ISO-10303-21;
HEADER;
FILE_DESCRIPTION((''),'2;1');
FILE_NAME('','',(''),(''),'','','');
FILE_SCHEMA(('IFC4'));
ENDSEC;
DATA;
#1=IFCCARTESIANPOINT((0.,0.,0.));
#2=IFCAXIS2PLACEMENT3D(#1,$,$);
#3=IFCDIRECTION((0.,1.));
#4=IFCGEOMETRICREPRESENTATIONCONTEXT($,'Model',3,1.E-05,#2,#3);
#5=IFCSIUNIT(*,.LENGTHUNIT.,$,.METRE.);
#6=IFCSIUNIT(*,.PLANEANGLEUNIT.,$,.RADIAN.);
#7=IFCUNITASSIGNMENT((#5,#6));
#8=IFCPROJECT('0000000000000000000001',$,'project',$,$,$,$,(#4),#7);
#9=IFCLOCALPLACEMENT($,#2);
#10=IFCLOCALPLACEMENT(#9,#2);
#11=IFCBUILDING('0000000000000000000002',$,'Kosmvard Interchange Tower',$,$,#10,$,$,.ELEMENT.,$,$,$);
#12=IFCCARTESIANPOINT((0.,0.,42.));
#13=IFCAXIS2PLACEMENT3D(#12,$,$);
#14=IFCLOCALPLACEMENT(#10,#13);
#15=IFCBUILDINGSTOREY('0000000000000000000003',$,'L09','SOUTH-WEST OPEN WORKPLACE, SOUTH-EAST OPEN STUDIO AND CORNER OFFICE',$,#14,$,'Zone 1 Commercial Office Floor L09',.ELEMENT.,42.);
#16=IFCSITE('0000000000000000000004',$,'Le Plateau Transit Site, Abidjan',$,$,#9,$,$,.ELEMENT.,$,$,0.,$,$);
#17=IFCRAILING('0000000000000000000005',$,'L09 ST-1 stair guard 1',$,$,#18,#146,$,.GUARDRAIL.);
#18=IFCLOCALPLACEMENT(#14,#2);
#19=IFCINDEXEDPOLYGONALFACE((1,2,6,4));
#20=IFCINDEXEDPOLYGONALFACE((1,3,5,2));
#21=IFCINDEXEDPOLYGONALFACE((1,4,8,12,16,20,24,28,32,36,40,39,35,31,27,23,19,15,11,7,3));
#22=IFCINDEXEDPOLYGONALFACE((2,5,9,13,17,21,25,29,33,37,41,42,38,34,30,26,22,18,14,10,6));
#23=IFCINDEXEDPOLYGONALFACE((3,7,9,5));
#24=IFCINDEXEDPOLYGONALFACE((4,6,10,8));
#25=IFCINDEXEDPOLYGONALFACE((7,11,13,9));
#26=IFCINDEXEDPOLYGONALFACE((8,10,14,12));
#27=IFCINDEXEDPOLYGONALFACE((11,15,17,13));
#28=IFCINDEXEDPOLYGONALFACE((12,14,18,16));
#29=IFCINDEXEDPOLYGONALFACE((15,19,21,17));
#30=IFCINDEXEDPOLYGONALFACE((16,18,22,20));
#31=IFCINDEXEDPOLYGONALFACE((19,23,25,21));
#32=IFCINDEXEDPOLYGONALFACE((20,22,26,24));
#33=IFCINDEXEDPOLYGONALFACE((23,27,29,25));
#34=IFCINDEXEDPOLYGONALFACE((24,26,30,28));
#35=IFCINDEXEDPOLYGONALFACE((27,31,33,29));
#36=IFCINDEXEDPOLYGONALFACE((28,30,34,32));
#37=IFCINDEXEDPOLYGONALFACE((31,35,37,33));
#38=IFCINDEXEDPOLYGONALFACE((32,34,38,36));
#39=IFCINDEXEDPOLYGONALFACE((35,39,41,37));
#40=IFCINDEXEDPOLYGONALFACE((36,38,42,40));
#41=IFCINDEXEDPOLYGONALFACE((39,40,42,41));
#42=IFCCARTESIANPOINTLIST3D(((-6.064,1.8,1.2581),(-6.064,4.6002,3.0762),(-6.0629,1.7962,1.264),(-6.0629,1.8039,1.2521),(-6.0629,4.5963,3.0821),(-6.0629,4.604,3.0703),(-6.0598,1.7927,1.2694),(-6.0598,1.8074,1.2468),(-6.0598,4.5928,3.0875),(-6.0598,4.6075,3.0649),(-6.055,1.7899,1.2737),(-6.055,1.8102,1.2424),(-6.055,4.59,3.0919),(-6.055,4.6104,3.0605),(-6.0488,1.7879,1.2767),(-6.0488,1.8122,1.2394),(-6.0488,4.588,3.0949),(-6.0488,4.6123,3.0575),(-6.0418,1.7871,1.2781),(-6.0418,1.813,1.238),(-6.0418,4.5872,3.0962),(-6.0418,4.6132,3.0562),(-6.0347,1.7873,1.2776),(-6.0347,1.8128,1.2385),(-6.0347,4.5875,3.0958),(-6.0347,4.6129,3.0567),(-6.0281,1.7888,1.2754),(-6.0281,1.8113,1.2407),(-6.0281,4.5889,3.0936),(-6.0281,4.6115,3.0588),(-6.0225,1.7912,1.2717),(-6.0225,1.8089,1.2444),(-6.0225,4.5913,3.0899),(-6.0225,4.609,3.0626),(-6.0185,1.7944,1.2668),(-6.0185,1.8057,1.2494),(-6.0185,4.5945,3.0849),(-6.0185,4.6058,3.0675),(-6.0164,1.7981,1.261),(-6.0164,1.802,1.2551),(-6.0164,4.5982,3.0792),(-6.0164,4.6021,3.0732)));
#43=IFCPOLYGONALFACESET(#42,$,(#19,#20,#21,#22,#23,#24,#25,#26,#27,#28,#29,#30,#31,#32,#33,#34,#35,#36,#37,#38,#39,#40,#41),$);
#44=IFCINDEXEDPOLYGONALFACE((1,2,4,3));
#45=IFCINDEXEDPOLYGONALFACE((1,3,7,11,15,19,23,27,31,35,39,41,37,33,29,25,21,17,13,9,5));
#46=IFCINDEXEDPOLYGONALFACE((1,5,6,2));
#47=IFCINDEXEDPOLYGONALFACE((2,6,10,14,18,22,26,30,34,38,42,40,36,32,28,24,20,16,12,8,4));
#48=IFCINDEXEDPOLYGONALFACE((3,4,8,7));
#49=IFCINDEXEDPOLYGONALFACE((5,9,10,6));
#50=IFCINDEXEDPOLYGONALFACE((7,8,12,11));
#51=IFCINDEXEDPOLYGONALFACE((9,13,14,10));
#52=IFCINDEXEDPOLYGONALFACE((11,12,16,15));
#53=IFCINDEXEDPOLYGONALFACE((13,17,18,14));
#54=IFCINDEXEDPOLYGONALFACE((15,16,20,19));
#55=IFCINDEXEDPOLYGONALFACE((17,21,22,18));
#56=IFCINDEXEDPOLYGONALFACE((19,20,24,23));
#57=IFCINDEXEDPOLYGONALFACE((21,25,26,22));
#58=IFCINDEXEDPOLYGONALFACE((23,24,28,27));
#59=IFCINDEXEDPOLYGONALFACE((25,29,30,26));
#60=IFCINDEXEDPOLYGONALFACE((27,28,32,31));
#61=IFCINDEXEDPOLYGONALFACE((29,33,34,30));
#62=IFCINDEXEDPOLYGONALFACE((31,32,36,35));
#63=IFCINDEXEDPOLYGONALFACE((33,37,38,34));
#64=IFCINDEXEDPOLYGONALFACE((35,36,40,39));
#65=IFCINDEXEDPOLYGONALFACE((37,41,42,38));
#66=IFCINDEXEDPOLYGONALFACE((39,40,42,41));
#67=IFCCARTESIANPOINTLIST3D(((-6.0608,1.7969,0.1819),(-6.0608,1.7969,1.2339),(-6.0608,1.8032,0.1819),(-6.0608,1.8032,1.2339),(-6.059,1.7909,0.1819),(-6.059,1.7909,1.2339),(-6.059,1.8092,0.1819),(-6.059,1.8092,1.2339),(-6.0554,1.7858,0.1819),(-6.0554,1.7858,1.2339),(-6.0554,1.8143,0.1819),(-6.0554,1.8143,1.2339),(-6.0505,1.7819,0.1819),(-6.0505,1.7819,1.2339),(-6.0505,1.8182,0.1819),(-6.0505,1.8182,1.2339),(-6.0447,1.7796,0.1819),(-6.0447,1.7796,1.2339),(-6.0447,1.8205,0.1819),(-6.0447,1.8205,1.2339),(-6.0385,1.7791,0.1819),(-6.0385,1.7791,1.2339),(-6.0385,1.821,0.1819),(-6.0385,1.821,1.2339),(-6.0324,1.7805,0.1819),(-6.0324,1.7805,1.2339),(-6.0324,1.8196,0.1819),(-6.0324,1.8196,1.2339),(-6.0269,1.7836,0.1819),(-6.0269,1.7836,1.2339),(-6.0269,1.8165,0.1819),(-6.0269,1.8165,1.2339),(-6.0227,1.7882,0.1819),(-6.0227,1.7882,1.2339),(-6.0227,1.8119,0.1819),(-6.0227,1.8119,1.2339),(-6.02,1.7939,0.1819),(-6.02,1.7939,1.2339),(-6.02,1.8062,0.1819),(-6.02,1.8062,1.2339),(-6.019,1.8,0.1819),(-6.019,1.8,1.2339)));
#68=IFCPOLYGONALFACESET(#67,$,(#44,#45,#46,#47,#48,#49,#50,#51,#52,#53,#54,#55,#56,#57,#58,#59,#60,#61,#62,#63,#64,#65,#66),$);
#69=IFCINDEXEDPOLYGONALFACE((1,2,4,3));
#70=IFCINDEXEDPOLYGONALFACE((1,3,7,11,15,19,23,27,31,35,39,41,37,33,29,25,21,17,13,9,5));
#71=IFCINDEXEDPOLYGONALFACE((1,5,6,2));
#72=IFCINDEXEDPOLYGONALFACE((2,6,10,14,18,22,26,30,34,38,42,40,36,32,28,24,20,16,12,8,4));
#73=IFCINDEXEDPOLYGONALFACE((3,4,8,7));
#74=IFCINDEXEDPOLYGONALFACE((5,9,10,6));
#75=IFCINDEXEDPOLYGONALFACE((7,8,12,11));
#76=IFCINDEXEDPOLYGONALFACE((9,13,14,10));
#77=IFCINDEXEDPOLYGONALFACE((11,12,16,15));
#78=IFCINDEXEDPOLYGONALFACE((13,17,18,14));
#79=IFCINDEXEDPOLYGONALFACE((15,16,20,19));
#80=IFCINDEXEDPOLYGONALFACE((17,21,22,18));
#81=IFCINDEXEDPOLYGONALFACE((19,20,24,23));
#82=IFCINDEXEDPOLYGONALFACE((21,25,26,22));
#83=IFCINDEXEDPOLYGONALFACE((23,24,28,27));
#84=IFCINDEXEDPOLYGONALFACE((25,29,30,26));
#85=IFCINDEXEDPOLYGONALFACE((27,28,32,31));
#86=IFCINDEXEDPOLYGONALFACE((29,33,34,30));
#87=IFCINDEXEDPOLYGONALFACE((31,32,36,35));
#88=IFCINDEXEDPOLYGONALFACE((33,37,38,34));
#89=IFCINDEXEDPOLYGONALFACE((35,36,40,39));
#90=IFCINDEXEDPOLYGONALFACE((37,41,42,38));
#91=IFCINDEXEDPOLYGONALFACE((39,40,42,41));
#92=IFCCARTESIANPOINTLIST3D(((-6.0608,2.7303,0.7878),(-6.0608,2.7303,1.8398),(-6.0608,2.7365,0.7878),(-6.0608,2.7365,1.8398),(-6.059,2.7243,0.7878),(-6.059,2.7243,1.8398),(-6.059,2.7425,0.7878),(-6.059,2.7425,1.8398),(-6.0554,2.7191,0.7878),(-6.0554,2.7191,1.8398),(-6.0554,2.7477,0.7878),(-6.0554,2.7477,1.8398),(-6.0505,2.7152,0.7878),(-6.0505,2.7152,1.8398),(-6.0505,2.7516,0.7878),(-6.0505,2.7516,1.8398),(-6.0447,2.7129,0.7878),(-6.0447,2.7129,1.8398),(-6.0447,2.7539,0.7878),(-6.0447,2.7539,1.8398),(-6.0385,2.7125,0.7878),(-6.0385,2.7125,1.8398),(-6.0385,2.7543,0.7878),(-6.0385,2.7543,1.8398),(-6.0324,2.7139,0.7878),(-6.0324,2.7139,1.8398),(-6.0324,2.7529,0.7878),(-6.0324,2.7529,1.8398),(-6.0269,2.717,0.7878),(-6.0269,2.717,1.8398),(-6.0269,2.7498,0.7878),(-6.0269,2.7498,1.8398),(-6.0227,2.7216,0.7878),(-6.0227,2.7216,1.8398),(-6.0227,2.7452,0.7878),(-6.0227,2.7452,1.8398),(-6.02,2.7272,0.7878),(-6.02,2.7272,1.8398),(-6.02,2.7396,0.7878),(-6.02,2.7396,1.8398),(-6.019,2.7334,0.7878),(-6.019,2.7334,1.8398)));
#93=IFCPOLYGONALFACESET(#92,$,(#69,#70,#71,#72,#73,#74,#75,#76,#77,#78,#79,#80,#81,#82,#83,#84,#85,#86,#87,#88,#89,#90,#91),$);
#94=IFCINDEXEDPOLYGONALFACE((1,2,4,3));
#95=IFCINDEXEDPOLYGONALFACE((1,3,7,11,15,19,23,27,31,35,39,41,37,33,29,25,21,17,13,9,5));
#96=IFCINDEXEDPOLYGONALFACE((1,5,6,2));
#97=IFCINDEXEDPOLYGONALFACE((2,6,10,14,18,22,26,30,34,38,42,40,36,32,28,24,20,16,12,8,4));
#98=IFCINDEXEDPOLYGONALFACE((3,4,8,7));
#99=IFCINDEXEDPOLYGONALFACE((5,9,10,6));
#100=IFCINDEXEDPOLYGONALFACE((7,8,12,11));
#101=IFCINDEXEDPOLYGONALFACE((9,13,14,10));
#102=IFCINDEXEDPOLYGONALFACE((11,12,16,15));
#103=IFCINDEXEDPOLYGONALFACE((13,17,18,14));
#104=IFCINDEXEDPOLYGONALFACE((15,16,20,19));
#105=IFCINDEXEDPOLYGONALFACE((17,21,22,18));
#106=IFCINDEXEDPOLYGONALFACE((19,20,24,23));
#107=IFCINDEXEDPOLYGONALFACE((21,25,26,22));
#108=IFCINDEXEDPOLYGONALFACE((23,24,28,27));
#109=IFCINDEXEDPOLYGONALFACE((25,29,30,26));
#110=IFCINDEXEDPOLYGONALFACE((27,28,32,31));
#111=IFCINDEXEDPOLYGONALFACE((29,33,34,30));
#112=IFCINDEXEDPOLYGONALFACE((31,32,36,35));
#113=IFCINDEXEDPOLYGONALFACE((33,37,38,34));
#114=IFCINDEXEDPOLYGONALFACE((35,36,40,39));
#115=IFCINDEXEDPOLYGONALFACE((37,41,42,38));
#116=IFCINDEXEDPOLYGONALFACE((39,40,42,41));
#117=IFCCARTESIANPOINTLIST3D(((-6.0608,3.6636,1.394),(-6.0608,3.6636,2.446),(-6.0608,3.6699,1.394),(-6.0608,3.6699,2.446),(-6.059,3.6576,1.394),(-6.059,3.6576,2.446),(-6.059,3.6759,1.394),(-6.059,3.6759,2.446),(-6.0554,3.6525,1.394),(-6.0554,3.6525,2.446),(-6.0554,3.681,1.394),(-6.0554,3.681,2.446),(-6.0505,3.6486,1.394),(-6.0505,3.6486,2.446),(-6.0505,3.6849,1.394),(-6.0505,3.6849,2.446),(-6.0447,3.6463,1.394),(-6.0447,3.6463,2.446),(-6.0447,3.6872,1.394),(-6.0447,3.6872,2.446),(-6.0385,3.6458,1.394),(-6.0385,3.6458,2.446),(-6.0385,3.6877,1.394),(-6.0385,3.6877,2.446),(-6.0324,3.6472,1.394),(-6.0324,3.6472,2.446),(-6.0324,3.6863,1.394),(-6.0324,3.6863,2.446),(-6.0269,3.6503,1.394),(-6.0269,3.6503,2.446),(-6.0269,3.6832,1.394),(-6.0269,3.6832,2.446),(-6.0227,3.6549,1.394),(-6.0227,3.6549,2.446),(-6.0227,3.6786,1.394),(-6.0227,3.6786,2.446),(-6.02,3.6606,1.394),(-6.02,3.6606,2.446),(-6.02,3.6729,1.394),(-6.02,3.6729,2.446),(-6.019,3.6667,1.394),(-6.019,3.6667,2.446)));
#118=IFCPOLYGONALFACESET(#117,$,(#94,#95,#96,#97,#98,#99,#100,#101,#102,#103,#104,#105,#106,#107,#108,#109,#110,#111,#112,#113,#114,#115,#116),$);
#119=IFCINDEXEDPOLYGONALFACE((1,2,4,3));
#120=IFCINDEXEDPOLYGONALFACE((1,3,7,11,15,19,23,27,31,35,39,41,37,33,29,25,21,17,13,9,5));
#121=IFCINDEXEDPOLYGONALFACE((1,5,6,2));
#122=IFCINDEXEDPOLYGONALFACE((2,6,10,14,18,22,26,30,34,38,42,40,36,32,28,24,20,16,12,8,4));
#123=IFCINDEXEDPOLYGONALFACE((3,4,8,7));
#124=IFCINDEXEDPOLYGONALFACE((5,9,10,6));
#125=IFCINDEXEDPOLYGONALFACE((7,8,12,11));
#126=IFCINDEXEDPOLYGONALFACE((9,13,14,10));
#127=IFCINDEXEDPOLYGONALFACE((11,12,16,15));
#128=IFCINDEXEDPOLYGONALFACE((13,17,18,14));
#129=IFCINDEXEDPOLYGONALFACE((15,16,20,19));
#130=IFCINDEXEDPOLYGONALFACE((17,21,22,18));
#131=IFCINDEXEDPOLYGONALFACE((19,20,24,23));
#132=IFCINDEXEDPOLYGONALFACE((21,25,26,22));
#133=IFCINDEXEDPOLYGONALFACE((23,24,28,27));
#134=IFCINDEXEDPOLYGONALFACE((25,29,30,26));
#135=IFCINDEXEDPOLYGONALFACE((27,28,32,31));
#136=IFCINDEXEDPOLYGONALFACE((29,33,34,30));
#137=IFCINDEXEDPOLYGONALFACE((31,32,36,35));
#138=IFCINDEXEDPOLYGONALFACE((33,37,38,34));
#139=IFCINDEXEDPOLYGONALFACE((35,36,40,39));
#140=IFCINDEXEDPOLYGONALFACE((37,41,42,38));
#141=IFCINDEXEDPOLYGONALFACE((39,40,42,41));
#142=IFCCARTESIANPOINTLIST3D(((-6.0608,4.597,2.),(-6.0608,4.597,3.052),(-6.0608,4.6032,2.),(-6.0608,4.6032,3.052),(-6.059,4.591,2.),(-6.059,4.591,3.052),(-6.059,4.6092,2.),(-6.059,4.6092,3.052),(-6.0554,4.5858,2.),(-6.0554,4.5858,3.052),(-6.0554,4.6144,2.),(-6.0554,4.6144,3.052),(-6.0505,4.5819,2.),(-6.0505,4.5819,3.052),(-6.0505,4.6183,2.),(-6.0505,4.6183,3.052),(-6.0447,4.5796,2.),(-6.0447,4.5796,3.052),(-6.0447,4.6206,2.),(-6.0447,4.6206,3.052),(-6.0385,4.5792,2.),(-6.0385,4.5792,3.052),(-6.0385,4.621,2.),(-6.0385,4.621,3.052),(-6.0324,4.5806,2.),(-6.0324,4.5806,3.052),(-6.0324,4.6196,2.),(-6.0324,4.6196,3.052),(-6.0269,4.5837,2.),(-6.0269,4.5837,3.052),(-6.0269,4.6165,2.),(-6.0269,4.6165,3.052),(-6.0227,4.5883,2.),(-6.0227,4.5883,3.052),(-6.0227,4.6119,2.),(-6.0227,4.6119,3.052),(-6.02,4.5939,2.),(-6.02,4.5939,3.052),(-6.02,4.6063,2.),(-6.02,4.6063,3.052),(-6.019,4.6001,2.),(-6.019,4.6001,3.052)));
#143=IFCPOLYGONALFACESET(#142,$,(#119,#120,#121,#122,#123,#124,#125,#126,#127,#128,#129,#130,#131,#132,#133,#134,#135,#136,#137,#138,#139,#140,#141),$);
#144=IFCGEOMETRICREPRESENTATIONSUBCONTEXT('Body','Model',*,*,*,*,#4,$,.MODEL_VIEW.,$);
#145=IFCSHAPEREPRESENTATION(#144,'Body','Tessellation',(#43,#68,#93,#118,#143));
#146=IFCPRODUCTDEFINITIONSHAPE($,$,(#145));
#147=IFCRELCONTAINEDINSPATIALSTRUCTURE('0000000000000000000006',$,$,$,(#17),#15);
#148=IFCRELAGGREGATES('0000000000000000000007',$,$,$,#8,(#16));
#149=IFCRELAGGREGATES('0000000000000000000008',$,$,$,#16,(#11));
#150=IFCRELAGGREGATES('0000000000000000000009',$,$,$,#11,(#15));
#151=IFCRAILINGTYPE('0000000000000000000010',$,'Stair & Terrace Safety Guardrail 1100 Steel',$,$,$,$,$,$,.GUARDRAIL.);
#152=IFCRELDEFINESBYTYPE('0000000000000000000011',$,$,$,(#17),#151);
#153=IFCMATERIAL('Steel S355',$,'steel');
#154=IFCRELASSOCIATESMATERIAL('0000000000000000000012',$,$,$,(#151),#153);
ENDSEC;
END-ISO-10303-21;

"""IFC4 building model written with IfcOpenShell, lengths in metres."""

from ifc_helpers import new_model, si_unit, direction, frame, origin, origin_2d, place, context, subcontext, project, spatial, circle, extrude, source, transform, mapped, material, type_object, element, save


model = new_model("IFC4")

# Units and contexts
model_context = context("Model", 3, precision=1e-05, world=origin(), true_north=direction((0.0, 1.0)))
body_context = subcontext(model_context, "Body", "Model", "MODEL_VIEW")
ifc_project = project(units=[si_unit("LENGTHUNIT", "METRE"), si_unit("PLANEANGLEUNIT", "RADIAN")], contexts=[model_context])

# Site, building, storey
site_placement = place(None, origin())
site = spatial("IfcSite", under=ifc_project, at=site_placement, Name="Le Plateau Transit Site, Abidjan", CompositionType="ELEMENT", RefElevation=0.0)
building_placement = place(site_placement, origin())
building = spatial("IfcBuilding", under=site, at=building_placement, Name="Kosmvard Interchange Tower", CompositionType="ELEMENT")
storey_placement = place(building_placement, frame((0.0, 0.0, 42.0)))
storey = spatial("IfcBuildingStorey", under=building, at=storey_placement, Name="L09", Description="SOUTH-WEST OPEN WORKPLACE, SOUTH-EAST OPEN STUDIO AND CORNER OFFICE", LongName="Zone 1 Commercial Office Floor L09", CompositionType="ELEMENT", Elevation=42.0)

# Railing
ifc_material_1 = material(Name="Steel S355", Category="steel")
railing_type_1 = type_object("IfcRailingType", Name="Stair & Terrace Safety Guardrail 1100 Steel", PredefinedType="GUARDRAIL", material=ifc_material_1)
shared_shape_1 = source(origin(), body_context, "Body", "SweptSolid", [
    extrude(circle(Radius=0.0239, at=origin_2d()), frame((0.0, 0.0, 1.0762), z_axis=(0.0, 0.838706, 0.544585), x_axis=(-1.0, 0.0, 0.0)), (0.0, 0.0, 1.0), 3.3386),
    extrude(circle(Radius=0.021, at=origin_2d()), origin(), (0.0, 0.0, 1.0), 1.052),
    extrude(circle(Radius=0.021, at=origin_2d()), frame((0.0, 0.9333, 0.606)), (0.0, 0.0, 1.0), 1.052),
    extrude(circle(Radius=0.021, at=origin_2d()), frame((0.0, 1.8667, 1.2122)), (0.0, 0.0, 1.0), 1.052),
    extrude(circle(Radius=0.021, at=origin_2d()), frame((0.0, 2.8, 1.8181)), (0.0, 0.0, 1.0), 1.052),
])
railing_1_placement = place(storey_placement, frame((-6.04, 1.8, 0.1819)))
element("IfcRailing", 1, at=railing_1_placement, inside=storey, type_object=railing_type_1, Name="L09 ST-1 stair guard 1", PredefinedType="GUARDRAIL", context=body_context, shape_type="MappedRepresentation", body=[
    mapped(shared_shape_1, transform((0.0, 0.0, 0.0), scale=1.0)),
])

save(model, "model.ifc")
